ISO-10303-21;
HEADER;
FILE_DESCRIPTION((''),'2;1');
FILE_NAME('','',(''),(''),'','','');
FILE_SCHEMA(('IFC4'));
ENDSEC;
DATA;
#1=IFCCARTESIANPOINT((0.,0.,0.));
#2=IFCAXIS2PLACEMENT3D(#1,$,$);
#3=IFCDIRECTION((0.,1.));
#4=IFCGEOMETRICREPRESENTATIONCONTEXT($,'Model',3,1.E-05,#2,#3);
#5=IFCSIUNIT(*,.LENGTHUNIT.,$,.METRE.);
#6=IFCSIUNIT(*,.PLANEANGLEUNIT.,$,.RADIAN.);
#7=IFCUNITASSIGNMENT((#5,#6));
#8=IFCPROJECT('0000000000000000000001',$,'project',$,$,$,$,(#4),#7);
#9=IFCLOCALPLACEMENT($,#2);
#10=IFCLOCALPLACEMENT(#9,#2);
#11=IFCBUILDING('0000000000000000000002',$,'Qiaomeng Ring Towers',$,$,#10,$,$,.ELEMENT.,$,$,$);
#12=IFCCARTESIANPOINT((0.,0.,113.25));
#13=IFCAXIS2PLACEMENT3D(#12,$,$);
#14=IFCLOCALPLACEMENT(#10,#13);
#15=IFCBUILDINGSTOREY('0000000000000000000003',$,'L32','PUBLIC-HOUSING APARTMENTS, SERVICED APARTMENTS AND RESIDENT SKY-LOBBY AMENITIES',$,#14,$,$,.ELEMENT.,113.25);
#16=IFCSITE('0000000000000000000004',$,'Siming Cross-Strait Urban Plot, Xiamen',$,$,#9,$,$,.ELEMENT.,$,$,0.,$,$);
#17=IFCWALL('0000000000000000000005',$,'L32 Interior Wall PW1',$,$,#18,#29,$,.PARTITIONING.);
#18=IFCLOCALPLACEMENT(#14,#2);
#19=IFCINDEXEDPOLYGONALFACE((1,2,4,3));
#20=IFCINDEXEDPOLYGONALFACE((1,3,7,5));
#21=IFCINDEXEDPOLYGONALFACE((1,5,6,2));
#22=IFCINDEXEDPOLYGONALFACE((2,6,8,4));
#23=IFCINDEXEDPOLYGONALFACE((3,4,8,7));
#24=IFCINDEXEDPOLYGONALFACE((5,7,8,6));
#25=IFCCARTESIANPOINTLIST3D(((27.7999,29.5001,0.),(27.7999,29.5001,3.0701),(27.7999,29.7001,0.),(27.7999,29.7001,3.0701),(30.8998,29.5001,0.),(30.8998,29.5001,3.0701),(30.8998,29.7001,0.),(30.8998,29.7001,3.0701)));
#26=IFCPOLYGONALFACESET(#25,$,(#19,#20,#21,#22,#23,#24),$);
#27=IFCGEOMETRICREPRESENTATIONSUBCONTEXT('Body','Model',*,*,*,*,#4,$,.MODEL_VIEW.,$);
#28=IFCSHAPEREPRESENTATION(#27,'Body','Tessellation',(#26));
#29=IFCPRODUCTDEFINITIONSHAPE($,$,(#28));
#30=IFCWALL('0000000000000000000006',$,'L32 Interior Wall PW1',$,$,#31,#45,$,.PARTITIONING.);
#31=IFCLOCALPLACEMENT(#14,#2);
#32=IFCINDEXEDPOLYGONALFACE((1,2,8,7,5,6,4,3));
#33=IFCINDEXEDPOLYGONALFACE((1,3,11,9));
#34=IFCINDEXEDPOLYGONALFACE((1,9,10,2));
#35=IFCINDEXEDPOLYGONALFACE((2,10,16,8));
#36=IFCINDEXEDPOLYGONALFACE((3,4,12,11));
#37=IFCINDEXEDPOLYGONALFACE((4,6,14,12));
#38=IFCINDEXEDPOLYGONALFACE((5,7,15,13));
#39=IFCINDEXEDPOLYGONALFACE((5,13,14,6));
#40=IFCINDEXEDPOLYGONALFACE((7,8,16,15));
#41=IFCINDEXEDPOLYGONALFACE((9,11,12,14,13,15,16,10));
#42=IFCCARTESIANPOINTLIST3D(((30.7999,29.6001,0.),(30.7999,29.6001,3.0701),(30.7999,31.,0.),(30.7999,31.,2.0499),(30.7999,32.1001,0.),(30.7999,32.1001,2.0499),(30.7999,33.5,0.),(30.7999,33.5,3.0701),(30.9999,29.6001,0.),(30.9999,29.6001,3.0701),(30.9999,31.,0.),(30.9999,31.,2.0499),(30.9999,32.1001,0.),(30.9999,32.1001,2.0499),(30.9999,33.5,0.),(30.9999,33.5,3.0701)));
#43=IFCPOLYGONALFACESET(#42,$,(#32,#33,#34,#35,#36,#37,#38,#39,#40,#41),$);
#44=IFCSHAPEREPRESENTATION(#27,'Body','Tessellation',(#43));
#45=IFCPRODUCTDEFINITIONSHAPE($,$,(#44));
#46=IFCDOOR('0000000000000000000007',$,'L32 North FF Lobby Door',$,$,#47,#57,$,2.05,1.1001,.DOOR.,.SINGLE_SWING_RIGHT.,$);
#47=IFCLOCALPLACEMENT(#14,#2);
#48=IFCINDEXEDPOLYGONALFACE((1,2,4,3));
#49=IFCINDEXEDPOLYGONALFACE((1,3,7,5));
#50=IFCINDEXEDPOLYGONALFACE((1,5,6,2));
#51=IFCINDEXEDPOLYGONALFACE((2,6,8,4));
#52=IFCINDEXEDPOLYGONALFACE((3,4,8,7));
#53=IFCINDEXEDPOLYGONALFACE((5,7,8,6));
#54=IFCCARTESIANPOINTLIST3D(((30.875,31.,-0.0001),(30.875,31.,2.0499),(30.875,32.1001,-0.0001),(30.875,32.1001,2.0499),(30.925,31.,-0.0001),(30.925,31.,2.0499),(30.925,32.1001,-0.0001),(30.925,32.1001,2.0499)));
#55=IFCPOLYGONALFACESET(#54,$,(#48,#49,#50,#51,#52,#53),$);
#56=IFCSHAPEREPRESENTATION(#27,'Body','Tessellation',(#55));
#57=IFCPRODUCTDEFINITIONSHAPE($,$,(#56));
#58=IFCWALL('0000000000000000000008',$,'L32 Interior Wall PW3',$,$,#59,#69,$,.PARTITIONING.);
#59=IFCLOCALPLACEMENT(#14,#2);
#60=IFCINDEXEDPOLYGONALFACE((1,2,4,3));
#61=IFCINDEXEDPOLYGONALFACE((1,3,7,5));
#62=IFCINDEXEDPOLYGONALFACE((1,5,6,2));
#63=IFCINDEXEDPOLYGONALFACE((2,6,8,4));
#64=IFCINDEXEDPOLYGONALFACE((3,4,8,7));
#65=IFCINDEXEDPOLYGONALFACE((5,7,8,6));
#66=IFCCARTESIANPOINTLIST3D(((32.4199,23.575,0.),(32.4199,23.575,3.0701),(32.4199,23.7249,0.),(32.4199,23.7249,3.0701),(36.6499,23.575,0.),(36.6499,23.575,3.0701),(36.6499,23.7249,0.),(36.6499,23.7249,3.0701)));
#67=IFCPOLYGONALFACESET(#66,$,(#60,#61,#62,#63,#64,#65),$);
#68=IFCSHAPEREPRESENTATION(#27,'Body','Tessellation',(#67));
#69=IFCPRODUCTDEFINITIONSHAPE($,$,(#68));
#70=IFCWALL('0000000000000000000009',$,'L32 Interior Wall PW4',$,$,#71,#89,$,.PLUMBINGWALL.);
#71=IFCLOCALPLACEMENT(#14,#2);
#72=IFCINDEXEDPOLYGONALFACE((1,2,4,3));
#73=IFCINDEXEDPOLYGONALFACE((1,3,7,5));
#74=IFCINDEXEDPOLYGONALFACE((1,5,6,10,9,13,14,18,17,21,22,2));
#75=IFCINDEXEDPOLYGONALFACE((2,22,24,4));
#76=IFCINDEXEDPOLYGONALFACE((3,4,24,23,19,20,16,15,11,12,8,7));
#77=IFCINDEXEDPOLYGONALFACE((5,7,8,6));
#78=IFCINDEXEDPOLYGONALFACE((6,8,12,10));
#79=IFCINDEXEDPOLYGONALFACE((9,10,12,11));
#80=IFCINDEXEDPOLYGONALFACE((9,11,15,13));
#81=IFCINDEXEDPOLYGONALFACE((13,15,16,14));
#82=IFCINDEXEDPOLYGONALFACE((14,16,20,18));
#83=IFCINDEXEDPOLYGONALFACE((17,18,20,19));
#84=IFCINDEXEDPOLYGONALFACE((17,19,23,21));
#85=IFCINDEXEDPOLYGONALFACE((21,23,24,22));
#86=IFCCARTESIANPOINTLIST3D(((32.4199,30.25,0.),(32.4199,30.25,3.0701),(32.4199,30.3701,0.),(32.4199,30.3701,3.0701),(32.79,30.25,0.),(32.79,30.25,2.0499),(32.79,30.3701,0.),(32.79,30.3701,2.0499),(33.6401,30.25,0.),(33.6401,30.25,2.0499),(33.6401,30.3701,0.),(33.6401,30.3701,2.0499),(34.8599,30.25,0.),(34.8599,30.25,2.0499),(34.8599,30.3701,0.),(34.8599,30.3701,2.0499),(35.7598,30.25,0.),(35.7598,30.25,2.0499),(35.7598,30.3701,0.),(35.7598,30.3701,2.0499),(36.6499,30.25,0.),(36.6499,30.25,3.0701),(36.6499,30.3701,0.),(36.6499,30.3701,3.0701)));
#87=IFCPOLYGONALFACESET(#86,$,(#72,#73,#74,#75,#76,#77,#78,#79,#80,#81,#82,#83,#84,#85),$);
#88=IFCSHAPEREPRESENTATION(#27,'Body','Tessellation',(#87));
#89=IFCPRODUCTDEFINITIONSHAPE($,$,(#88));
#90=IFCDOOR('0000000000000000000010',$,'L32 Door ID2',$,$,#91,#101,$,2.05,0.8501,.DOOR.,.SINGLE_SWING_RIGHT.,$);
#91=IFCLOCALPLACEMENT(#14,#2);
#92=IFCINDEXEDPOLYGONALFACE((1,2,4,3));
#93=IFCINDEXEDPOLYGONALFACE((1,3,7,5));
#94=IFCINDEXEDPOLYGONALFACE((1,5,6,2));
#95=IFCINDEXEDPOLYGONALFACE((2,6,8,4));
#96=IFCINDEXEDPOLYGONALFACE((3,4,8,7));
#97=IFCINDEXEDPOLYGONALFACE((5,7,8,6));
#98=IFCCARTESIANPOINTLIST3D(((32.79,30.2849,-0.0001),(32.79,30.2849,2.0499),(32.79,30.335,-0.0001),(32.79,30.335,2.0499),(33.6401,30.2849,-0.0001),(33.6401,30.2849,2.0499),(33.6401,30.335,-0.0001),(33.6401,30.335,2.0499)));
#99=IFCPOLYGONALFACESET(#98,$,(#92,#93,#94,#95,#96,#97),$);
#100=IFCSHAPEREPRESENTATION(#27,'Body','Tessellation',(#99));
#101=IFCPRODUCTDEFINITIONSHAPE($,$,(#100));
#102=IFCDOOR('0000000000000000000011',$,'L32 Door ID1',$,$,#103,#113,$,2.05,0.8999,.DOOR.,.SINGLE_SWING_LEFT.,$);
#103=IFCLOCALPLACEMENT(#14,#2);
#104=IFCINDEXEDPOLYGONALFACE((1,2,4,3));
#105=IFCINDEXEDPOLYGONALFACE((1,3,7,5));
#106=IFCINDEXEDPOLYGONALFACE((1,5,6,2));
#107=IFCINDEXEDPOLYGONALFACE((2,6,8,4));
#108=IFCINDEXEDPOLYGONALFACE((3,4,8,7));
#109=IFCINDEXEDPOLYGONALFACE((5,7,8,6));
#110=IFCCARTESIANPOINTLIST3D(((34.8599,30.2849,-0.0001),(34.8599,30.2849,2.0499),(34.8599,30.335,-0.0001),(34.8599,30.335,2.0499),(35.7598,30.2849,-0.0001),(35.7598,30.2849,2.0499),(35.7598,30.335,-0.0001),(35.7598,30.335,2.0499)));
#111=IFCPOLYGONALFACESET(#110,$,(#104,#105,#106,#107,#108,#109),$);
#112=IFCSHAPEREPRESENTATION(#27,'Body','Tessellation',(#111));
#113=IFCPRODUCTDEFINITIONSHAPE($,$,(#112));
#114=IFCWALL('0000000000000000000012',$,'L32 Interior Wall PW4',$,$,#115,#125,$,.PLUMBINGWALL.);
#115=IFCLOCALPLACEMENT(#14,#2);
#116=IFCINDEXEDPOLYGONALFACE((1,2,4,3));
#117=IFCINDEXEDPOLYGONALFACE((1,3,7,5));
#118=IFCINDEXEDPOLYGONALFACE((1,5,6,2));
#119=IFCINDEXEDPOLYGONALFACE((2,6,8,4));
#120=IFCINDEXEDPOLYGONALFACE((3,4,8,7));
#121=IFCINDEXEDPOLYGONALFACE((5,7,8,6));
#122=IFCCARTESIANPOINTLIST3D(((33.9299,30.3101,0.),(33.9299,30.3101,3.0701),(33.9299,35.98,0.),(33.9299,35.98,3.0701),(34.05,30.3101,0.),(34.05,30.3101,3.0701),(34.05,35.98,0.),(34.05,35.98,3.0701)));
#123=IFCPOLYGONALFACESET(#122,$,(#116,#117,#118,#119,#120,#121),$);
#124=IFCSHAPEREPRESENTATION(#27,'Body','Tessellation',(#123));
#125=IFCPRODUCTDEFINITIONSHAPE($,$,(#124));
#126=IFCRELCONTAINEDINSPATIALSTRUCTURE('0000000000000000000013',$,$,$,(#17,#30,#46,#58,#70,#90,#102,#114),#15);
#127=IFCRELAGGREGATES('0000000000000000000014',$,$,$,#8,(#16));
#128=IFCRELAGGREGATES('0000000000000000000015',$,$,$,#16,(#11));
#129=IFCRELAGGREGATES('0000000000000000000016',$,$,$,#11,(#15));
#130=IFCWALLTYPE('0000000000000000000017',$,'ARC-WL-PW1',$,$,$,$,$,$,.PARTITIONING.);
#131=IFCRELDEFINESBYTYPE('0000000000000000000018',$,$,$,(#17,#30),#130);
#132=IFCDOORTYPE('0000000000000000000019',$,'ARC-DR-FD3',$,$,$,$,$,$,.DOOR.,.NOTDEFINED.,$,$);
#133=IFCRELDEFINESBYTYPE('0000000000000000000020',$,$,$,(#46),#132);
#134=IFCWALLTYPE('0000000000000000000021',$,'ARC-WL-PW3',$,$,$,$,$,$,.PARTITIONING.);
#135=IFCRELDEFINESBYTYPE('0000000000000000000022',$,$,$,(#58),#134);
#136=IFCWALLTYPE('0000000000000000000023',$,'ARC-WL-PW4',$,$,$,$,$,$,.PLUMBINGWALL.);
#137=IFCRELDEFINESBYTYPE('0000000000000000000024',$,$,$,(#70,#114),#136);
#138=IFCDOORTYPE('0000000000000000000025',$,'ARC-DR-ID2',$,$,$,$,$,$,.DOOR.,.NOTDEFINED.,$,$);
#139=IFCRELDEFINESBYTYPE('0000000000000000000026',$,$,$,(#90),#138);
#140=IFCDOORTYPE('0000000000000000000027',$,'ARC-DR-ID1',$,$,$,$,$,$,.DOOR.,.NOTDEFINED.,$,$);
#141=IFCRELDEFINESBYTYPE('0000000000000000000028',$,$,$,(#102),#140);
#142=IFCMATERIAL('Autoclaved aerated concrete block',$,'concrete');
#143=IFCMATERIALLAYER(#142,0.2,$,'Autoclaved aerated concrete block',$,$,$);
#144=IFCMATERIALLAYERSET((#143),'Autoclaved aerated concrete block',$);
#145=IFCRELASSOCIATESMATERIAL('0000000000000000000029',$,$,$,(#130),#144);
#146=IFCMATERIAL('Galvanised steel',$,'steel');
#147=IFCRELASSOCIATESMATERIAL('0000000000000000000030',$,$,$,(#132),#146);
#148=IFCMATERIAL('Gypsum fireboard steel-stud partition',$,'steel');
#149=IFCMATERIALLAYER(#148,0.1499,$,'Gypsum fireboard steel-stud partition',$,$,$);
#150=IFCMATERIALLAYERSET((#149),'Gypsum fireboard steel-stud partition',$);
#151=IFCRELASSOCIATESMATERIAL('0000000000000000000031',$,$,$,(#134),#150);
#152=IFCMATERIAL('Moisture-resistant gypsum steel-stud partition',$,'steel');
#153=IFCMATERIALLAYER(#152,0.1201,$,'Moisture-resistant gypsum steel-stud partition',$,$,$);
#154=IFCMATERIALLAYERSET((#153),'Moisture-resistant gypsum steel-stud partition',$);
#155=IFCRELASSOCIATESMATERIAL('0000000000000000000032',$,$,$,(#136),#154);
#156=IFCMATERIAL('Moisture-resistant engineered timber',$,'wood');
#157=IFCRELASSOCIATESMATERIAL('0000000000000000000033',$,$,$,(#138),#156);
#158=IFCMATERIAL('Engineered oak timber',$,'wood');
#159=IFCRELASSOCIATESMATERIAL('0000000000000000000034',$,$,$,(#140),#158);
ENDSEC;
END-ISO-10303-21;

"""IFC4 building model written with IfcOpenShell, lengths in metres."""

from ifc_helpers import new_model, si_unit, direction, frame, frame_2d, origin, place, context, subcontext, project, spatial, rectangle, extrude, source, transform, mapped, material, layer, layer_set, type_object, element, fill, save


model = new_model("IFC4")

# Units and contexts
model_context = context("Model", 3, precision=1e-05, world=origin(), true_north=direction((0.0, 1.0)))
body_context = subcontext(model_context, "Body", "Model", "MODEL_VIEW")
ifc_project = project(units=[si_unit("LENGTHUNIT", "METRE"), si_unit("PLANEANGLEUNIT", "RADIAN")], contexts=[model_context])

# Site, building, storey
site_placement = place(None, origin())
site = spatial("IfcSite", under=ifc_project, at=site_placement, Name="Siming Cross-Strait Urban Plot, Xiamen", CompositionType="ELEMENT", RefElevation=0.0)
building_placement = place(site_placement, origin())
building = spatial("IfcBuilding", under=site, at=building_placement, Name="Qiaomeng Ring Towers", CompositionType="ELEMENT")
storey_placement = place(building_placement, frame((0.0, 0.0, 113.25)))
storey = spatial("IfcBuildingStorey", under=building, at=storey_placement, Name="L32", Description="PUBLIC-HOUSING APARTMENTS, SERVICED APARTMENTS AND RESIDENT SKY-LOBBY AMENITIES", CompositionType="ELEMENT", Elevation=113.25)

# Wall
ifc_material_1 = material(Name="Autoclaved aerated concrete block", Category="concrete")
ifc_layer_1 = layer(ifc_material_1, 0.2, Name="Autoclaved aerated concrete block")
ifc_layer_set_1 = layer_set([ifc_layer_1], Name="Autoclaved aerated concrete block")
wall_type_1 = type_object("IfcWallType", Name="ARC-WL-PW1", PredefinedType="PARTITIONING", material=ifc_layer_set_1)
wall_1_placement = place(storey_placement, frame((27.8, 29.6001, 0.0), z_axis=(0.0, 0.0, 1.0), x_axis=(1.0, 0.0, 0.0)))
element("IfcWall", 1, at=wall_1_placement, inside=storey, type_object=wall_type_1, Name="L32 Interior Wall PW1", PredefinedType="PARTITIONING", context=body_context, shape_type="SweptSolid", body=[
    extrude(rectangle(XDim=3.0999, YDim=0.2, at=frame_2d((1.5498, 0.0))), origin(), (0.0, 0.0, 1.0), 3.0701),
])

# Wall, opening, door
wall_2_placement = place(storey_placement, frame((30.8999, 29.6001, 0.0), z_axis=(0.0, 0.0, 1.0), x_axis=(0.0, 1.0, 0.0)))
wall_2 = element("IfcWall", 2, at=wall_2_placement, inside=storey, type_object=wall_type_1, Name="L32 Interior Wall PW1", PredefinedType="PARTITIONING", context=body_context, shape_type="SweptSolid", body=[
    extrude(rectangle(XDim=3.8999, YDim=0.2, at=frame_2d((1.95, 0.0))), origin(), (0.0, 0.0, 1.0), 3.0701),
])
opening_1_placement = place(wall_2_placement, frame((1.3999, 0.0, 0.0)))
opening_1 = element("IfcOpeningElement", 3, at=opening_1_placement, cuts=wall_2, PredefinedType="OPENING", context=body_context, shape_type="SweptSolid", body=[
    extrude(rectangle(XDim=1.1001, YDim=2.05, at=frame_2d((0.55, 1.0249))), frame((0.0, 0.1099, 0.0), z_axis=(0.0, -1.0, 0.0), x_axis=(1.0, 0.0, 0.0)), (0.0, 0.0, 1.0), 0.22),
])
ifc_material_2 = material(Name="Galvanised steel", Category="steel")
door_type_1 = type_object("IfcDoorType", Name="ARC-DR-FD3", OperationType="NOTDEFINED", PredefinedType="DOOR", material=ifc_material_2)
shared_shape_1 = source(origin(), body_context, "Body", "SweptSolid", [
    extrude(rectangle(XDim=1.1001, YDim=2.05, at=frame_2d((0.55, 1.0249))), frame((0.0, 0.0249, 0.0), z_axis=(0.0, -1.0, 0.0), x_axis=(1.0, 0.0, 0.0)), (0.0, 0.0, 1.0), 0.05),
])
door_1_placement = place(opening_1_placement, origin())
door_1 = element("IfcDoor", 4, at=door_1_placement, inside=storey, type_object=door_type_1, Name="L32 North FF Lobby Door", OperationType="SINGLE_SWING_RIGHT", OverallHeight=2.05, OverallWidth=1.1001, PredefinedType="DOOR", context=body_context, shape_type="MappedRepresentation", body=[
    mapped(shared_shape_1, transform((0.0, 0.0, 0.0), x_axis=(1.0, 0.0, 0.0), y_axis=(0.0, 1.0, 0.0), z_axis=(0.0, 0.0, 1.0), scale=1.0)),
])
fill(opening_1, door_1)

# Wall
ifc_material_3 = material(Name="Gypsum fireboard steel-stud partition", Category="steel")
ifc_layer_2 = layer(ifc_material_3, 0.1499, Name="Gypsum fireboard steel-stud partition")
ifc_layer_set_2 = layer_set([ifc_layer_2], Name="Gypsum fireboard steel-stud partition")
wall_type_2 = type_object("IfcWallType", Name="ARC-WL-PW3", PredefinedType="PARTITIONING", material=ifc_layer_set_2)
wall_3_placement = place(storey_placement, frame((32.4199, 23.6499, 0.0), z_axis=(0.0, 0.0, 1.0), x_axis=(1.0, 0.0, 0.0)))
element("IfcWall", 5, at=wall_3_placement, inside=storey, type_object=wall_type_2, Name="L32 Interior Wall PW3", PredefinedType="PARTITIONING", context=body_context, shape_type="SweptSolid", body=[
    extrude(rectangle(XDim=4.23, YDim=0.1499, at=frame_2d((2.115, 0.0))), origin(), (0.0, 0.0, 1.0), 3.0701),
])

# Wall, openings, doors
ifc_material_4 = material(Name="Moisture-resistant gypsum steel-stud partition", Category="steel")
ifc_layer_3 = layer(ifc_material_4, 0.1201, Name="Moisture-resistant gypsum steel-stud partition")
ifc_layer_set_3 = layer_set([ifc_layer_3], Name="Moisture-resistant gypsum steel-stud partition")
wall_type_3 = type_object("IfcWallType", Name="ARC-WL-PW4", PredefinedType="PLUMBINGWALL", material=ifc_layer_set_3)
wall_4_placement = place(storey_placement, frame((32.4199, 30.3101, 0.0), z_axis=(0.0, 0.0, 1.0), x_axis=(1.0, 0.0, 0.0)))
wall_4 = element("IfcWall", 6, at=wall_4_placement, inside=storey, type_object=wall_type_3, Name="L32 Interior Wall PW4", PredefinedType="PLUMBINGWALL", context=body_context, shape_type="SweptSolid", body=[
    extrude(rectangle(XDim=4.23, YDim=0.1201, at=frame_2d((2.115, 0.0))), origin(), (0.0, 0.0, 1.0), 3.0701),
])
opening_2_placement = place(wall_4_placement, frame((0.3701, 0.0, 0.0)))
opening_2 = element("IfcOpeningElement", 7, at=opening_2_placement, cuts=wall_4, PredefinedType="OPENING", context=body_context, shape_type="SweptSolid", body=[
    extrude(rectangle(XDim=0.8501, YDim=2.05, at=frame_2d((0.425, 1.0249))), frame((0.0, 0.0701, 0.0), z_axis=(0.0, -1.0, 0.0), x_axis=(1.0, 0.0, 0.0)), (0.0, 0.0, 1.0), 0.1401),
])
opening_3_placement = place(wall_4_placement, frame((2.4399, 0.0, 0.0)))
opening_3 = element("IfcOpeningElement", 8, at=opening_3_placement, cuts=wall_4, PredefinedType="OPENING", context=body_context, shape_type="SweptSolid", body=[
    extrude(rectangle(XDim=0.8999, YDim=2.05, at=frame_2d((0.45, 1.0249))), frame((0.0, 0.0701, 0.0), z_axis=(0.0, -1.0, 0.0), x_axis=(1.0, 0.0, 0.0)), (0.0, 0.0, 1.0), 0.1401),
])
ifc_material_5 = material(Name="Moisture-resistant engineered timber", Category="wood")
door_type_2 = type_object("IfcDoorType", Name="ARC-DR-ID2", OperationType="NOTDEFINED", PredefinedType="DOOR", material=ifc_material_5)
shared_shape_2 = source(origin(), body_context, "Body", "SweptSolid", [
    extrude(rectangle(XDim=0.8501, YDim=2.05, at=frame_2d((0.425, 1.0249))), frame((0.0, 0.0249, 0.0), z_axis=(0.0, -1.0, 0.0), x_axis=(1.0, 0.0, 0.0)), (0.0, 0.0, 1.0), 0.05),
])
door_2_placement = place(opening_2_placement, origin())
door_2 = element("IfcDoor", 9, at=door_2_placement, inside=storey, type_object=door_type_2, Name="L32 Door ID2", OperationType="SINGLE_SWING_RIGHT", OverallHeight=2.05, OverallWidth=0.8501, PredefinedType="DOOR", context=body_context, shape_type="MappedRepresentation", body=[
    mapped(shared_shape_2, transform((0.0, 0.0, 0.0), x_axis=(1.0, 0.0, 0.0), y_axis=(0.0, 1.0, 0.0), z_axis=(0.0, 0.0, 1.0), scale=1.0)),
])
fill(opening_2, door_2)
ifc_material_6 = material(Name="Engineered oak timber", Category="wood")
door_type_3 = type_object("IfcDoorType", Name="ARC-DR-ID1", OperationType="NOTDEFINED", PredefinedType="DOOR", material=ifc_material_6)
shared_shape_3 = source(origin(), body_context, "Body", "SweptSolid", [
    extrude(rectangle(XDim=0.8999, YDim=2.05, at=frame_2d((0.45, 1.0249))), frame((0.0, 0.0249, 0.0), z_axis=(0.0, -1.0, 0.0), x_axis=(1.0, 0.0, 0.0)), (0.0, 0.0, 1.0), 0.05),
])
door_3_placement = place(opening_3_placement, origin())
door_3 = element("IfcDoor", 10, at=door_3_placement, inside=storey, type_object=door_type_3, Name="L32 Door ID1", OperationType="SINGLE_SWING_LEFT", OverallHeight=2.05, OverallWidth=0.8999, PredefinedType="DOOR", context=body_context, shape_type="MappedRepresentation", body=[
    mapped(shared_shape_3, transform((0.0, 0.0, 0.0), x_axis=(1.0, 0.0, 0.0), y_axis=(0.0, 1.0, 0.0), z_axis=(0.0, 0.0, 1.0), scale=1.0)),
])
fill(opening_3, door_3)

# Wall
wall_5_placement = place(storey_placement, frame((33.99, 30.3101, 0.0), z_axis=(0.0, 0.0, 1.0), x_axis=(0.0, 1.0, 0.0)))
element("IfcWall", 11, at=wall_5_placement, inside=storey, type_object=wall_type_3, Name="L32 Interior Wall PW4", PredefinedType="PLUMBINGWALL", context=body_context, shape_type="SweptSolid", body=[
    extrude(rectangle(XDim=5.6699, YDim=0.1201, at=frame_2d((2.835, 0.0))), origin(), (0.0, 0.0, 1.0), 3.0701),
])

save(model, "model.ifc")
